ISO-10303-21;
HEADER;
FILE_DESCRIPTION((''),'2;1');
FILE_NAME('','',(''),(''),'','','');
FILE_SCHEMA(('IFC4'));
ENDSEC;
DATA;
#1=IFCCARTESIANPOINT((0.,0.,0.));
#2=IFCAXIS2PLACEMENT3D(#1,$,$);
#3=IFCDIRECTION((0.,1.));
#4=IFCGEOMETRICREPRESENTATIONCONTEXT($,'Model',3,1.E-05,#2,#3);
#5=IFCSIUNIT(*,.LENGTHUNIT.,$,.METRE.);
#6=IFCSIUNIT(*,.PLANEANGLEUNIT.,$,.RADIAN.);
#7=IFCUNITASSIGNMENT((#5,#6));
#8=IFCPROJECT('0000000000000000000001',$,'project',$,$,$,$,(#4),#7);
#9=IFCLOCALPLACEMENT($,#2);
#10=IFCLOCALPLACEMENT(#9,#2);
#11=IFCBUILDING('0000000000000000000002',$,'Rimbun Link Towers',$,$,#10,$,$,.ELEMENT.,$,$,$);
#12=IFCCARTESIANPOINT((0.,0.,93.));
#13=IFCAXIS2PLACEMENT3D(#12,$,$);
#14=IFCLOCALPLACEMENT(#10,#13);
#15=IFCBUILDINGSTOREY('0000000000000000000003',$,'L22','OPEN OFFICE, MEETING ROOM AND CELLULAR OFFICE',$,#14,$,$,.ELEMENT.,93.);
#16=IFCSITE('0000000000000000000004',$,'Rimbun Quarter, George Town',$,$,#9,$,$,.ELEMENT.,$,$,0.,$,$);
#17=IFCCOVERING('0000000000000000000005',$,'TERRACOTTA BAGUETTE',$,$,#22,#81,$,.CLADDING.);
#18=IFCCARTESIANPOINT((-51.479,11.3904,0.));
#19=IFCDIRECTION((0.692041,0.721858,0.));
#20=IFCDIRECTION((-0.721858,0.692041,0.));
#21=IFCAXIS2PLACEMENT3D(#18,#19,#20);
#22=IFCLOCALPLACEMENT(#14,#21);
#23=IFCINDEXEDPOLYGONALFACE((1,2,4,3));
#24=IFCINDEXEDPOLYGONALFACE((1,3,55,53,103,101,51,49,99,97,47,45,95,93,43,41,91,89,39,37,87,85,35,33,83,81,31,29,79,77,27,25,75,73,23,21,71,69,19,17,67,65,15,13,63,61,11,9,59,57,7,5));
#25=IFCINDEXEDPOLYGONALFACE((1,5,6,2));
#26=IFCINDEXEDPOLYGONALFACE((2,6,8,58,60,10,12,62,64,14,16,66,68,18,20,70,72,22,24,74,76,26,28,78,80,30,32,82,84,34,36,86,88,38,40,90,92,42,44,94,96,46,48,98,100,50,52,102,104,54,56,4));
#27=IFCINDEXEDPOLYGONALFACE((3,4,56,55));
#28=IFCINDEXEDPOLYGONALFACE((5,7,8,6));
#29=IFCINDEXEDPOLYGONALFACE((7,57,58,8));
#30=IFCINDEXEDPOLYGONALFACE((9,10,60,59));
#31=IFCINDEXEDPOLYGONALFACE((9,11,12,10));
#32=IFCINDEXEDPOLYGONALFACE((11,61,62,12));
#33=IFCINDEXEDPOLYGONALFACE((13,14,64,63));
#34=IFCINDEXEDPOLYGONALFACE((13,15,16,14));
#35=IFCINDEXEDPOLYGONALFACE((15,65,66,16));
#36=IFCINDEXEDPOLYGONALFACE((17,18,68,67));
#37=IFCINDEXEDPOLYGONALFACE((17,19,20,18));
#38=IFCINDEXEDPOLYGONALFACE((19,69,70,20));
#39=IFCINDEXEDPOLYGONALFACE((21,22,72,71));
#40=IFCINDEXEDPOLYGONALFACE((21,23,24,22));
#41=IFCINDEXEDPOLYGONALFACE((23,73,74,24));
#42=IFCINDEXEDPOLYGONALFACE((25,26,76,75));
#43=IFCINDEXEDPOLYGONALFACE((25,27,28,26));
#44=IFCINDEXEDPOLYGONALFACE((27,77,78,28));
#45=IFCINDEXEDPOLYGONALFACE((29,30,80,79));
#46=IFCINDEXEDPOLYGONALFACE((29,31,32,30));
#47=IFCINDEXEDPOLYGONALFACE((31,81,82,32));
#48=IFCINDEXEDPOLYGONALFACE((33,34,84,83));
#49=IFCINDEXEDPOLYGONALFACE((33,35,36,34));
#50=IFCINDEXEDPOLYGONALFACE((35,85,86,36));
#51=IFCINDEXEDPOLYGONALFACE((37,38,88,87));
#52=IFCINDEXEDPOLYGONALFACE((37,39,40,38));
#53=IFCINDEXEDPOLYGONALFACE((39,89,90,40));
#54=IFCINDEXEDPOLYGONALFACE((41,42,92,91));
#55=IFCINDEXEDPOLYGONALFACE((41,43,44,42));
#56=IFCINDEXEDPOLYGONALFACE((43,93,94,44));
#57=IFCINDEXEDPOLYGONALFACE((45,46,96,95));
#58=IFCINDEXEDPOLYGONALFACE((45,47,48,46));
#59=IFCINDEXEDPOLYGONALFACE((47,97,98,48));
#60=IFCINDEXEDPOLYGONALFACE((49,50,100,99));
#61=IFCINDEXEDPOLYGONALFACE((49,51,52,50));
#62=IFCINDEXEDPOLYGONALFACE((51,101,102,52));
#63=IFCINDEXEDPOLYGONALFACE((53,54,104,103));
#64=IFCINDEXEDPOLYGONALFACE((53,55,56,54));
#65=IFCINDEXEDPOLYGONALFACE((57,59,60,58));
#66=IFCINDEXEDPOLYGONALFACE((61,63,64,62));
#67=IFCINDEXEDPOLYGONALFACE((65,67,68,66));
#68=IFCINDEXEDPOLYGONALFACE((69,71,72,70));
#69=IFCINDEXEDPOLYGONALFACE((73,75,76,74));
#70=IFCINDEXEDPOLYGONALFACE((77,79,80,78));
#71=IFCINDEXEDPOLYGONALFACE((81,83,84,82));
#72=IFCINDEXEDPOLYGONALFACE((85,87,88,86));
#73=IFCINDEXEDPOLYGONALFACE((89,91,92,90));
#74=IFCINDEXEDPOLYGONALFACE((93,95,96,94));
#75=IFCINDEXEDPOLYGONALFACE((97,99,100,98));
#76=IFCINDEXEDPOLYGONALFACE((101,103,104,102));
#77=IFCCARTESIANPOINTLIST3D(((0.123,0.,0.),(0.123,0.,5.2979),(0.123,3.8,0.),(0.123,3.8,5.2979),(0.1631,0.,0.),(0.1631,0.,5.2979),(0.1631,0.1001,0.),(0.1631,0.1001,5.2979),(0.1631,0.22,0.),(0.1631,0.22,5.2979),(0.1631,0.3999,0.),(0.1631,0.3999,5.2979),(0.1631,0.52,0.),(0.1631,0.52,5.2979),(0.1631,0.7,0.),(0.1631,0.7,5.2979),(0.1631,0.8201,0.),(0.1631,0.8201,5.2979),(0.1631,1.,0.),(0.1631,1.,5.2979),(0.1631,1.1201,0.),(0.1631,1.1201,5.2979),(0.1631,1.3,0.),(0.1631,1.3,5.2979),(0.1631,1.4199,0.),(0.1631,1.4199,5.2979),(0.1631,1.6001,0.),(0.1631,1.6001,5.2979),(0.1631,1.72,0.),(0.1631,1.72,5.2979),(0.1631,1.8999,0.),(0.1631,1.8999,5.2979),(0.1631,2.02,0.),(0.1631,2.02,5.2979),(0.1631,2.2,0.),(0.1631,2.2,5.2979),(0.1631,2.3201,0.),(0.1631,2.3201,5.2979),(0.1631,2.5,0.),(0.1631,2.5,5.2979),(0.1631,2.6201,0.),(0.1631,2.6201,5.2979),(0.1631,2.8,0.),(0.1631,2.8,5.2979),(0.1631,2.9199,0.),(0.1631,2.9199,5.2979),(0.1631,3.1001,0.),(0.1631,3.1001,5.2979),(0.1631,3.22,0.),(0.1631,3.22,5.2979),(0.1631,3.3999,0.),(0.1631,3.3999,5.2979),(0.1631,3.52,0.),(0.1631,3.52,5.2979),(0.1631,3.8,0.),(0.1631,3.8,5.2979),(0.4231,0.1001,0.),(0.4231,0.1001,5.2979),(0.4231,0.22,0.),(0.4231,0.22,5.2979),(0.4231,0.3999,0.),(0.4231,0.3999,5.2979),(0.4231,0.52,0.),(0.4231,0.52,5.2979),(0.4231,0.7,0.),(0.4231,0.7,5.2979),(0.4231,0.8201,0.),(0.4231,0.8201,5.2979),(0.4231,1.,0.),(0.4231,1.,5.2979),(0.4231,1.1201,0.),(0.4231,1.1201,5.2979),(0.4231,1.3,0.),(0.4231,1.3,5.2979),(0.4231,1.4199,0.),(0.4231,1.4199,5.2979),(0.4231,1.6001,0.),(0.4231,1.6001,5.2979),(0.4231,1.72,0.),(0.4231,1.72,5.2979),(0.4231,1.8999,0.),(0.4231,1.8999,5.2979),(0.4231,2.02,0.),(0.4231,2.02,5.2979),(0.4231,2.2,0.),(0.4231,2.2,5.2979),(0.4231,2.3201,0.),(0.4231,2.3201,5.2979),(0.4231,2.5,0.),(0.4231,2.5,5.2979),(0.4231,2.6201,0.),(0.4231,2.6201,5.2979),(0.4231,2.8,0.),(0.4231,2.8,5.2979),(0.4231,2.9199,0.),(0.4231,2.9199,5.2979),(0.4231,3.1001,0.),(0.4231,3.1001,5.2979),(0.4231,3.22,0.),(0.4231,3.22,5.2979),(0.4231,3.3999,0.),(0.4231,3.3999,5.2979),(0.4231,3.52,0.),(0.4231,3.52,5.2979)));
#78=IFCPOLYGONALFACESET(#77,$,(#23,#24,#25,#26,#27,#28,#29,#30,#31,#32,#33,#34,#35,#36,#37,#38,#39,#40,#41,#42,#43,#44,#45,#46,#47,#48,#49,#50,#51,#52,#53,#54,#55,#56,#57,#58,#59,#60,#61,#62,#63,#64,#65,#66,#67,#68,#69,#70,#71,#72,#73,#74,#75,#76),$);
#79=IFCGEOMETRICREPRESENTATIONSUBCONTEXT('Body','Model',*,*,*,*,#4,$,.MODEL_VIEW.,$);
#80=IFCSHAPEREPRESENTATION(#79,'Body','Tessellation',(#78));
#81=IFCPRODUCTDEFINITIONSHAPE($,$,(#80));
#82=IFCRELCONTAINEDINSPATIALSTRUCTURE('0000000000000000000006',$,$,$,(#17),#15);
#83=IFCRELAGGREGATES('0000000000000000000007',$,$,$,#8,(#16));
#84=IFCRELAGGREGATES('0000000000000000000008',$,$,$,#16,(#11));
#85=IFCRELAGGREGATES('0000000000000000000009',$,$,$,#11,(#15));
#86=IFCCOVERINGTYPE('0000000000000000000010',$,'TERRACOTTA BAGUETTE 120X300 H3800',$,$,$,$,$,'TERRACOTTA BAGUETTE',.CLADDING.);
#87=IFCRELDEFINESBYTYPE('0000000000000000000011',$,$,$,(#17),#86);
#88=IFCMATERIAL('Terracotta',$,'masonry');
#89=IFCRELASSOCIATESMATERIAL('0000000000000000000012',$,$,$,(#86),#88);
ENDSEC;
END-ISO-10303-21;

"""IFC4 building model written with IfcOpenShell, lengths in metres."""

from ifc_helpers import new_model, si_unit, direction, frame, origin, place, context, subcontext, project, spatial, polyline, outline, extrude, material, material_profile, profile_set, type_object, element, save


model = new_model("IFC4")

# Units and contexts
model_context = context("Model", 3, precision=1e-05, world=origin(), true_north=direction((0.0, 1.0)))
body_context = subcontext(model_context, "Body", "Model", "MODEL_VIEW")
ifc_project = project(units=[si_unit("LENGTHUNIT", "METRE"), si_unit("PLANEANGLEUNIT", "RADIAN")], contexts=[model_context])

# Site, building, storey
site_placement = place(None, origin())
site = spatial("IfcSite", under=ifc_project, at=site_placement, Name="Rimbun Quarter, George Town", CompositionType="ELEMENT", RefElevation=0.0)
building_placement = place(site_placement, origin())
building = spatial("IfcBuilding", under=site, at=building_placement, Name="Rimbun Link Towers", CompositionType="ELEMENT")
storey_placement = place(building_placement, frame((0.0, 0.0, 93.0)))
storey = spatial("IfcBuildingStorey", under=building, at=storey_placement, Name="L22", Description="OPEN OFFICE, MEETING ROOM AND CELLULAR OFFICE", CompositionType="ELEMENT", Elevation=93.0)

# Covering
ifc_material_1 = material(Name="Terracotta", Category="masonry")
ifc_material_profile_1 = material_profile(ifc_material_1, outline(polyline([(0.123, 0.0), (0.1631, 0.0), (0.1631, 0.1001), (0.4231, 0.1001), (0.4231, 0.22), (0.1631, 0.22), (0.1631, 0.3999), (0.4231, 0.3999), (0.4231, 0.52), (0.1631, 0.52), (0.1631, 0.7), (0.4231, 0.7), (0.4231, 0.8201), (0.1631, 0.8201), (0.1631, 1.0), (0.4231, 1.0), (0.4231, 1.1201), (0.1631, 1.1201), (0.1631, 1.3), (0.4231, 1.3), (0.4231, 1.4199), (0.1631, 1.4199), (0.1631, 1.6001), (0.4231, 1.6001), (0.4231, 1.72), (0.1631, 1.72), (0.1631, 1.8999), (0.4231, 1.8999), (0.4231, 2.02), (0.1631, 2.02), (0.1631, 2.2), (0.4231, 2.2), (0.4231, 2.3201), (0.1631, 2.3201), (0.1631, 2.5), (0.4231, 2.5), (0.4231, 2.6201), (0.1631, 2.6201), (0.1631, 2.8), (0.4231, 2.8), (0.4231, 2.9199), (0.1631, 2.9199), (0.1631, 3.1001), (0.4231, 3.1001), (0.4231, 3.22), (0.1631, 3.22), (0.1631, 3.3999), (0.4231, 3.3999), (0.4231, 3.52), (0.1631, 3.52), (0.1631, 3.8), (0.123, 3.8), (0.123, 0.0)])), Name="BAGUETTE 120X300")
ifc_profile_set_1 = profile_set([ifc_material_profile_1], Name="Terracotta")
covering_type = type_object("IfcCoveringType", Name="TERRACOTTA BAGUETTE 120X300 H3800", ElementType="TERRACOTTA BAGUETTE", PredefinedType="CLADDING", material=ifc_profile_set_1)
covering_1_placement = place(storey_placement, frame((-51.479, 11.3904, 0.0), z_axis=(0.692041, 0.721858, 0.0), x_axis=(-0.721858, 0.692041, 0.0)))
element("IfcCovering", 1, at=covering_1_placement, inside=storey, type_object=covering_type, Name="TERRACOTTA BAGUETTE", PredefinedType="CLADDING", context=body_context, shape_type="SweptSolid", body=[
    extrude(outline(polyline([(0.123, 0.0), (0.1631, 0.0), (0.1631, 0.1001), (0.4231, 0.1001), (0.4231, 0.22), (0.1631, 0.22), (0.1631, 0.3999), (0.4231, 0.3999), (0.4231, 0.52), (0.1631, 0.52), (0.1631, 0.7), (0.4231, 0.7), (0.4231, 0.8201), (0.1631, 0.8201), (0.1631, 1.0), (0.4231, 1.0), (0.4231, 1.1201), (0.1631, 1.1201), (0.1631, 1.3), (0.4231, 1.3), (0.4231, 1.4199), (0.1631, 1.4199), (0.1631, 1.6001), (0.4231, 1.6001), (0.4231, 1.72), (0.1631, 1.72), (0.1631, 1.8999), (0.4231, 1.8999), (0.4231, 2.02), (0.1631, 2.02), (0.1631, 2.2), (0.4231, 2.2), (0.4231, 2.3201), (0.1631, 2.3201), (0.1631, 2.5), (0.4231, 2.5), (0.4231, 2.6201), (0.1631, 2.6201), (0.1631, 2.8), (0.4231, 2.8), (0.4231, 2.9199), (0.1631, 2.9199), (0.1631, 3.1001), (0.4231, 3.1001), (0.4231, 3.22), (0.1631, 3.22), (0.1631, 3.3999), (0.4231, 3.3999), (0.4231, 3.52), (0.1631, 3.52), (0.1631, 3.8), (0.123, 3.8), (0.123, 0.0)])), origin(), (0.0, 0.0, 1.0), 5.2979),
])

save(model, "model.ifc")
